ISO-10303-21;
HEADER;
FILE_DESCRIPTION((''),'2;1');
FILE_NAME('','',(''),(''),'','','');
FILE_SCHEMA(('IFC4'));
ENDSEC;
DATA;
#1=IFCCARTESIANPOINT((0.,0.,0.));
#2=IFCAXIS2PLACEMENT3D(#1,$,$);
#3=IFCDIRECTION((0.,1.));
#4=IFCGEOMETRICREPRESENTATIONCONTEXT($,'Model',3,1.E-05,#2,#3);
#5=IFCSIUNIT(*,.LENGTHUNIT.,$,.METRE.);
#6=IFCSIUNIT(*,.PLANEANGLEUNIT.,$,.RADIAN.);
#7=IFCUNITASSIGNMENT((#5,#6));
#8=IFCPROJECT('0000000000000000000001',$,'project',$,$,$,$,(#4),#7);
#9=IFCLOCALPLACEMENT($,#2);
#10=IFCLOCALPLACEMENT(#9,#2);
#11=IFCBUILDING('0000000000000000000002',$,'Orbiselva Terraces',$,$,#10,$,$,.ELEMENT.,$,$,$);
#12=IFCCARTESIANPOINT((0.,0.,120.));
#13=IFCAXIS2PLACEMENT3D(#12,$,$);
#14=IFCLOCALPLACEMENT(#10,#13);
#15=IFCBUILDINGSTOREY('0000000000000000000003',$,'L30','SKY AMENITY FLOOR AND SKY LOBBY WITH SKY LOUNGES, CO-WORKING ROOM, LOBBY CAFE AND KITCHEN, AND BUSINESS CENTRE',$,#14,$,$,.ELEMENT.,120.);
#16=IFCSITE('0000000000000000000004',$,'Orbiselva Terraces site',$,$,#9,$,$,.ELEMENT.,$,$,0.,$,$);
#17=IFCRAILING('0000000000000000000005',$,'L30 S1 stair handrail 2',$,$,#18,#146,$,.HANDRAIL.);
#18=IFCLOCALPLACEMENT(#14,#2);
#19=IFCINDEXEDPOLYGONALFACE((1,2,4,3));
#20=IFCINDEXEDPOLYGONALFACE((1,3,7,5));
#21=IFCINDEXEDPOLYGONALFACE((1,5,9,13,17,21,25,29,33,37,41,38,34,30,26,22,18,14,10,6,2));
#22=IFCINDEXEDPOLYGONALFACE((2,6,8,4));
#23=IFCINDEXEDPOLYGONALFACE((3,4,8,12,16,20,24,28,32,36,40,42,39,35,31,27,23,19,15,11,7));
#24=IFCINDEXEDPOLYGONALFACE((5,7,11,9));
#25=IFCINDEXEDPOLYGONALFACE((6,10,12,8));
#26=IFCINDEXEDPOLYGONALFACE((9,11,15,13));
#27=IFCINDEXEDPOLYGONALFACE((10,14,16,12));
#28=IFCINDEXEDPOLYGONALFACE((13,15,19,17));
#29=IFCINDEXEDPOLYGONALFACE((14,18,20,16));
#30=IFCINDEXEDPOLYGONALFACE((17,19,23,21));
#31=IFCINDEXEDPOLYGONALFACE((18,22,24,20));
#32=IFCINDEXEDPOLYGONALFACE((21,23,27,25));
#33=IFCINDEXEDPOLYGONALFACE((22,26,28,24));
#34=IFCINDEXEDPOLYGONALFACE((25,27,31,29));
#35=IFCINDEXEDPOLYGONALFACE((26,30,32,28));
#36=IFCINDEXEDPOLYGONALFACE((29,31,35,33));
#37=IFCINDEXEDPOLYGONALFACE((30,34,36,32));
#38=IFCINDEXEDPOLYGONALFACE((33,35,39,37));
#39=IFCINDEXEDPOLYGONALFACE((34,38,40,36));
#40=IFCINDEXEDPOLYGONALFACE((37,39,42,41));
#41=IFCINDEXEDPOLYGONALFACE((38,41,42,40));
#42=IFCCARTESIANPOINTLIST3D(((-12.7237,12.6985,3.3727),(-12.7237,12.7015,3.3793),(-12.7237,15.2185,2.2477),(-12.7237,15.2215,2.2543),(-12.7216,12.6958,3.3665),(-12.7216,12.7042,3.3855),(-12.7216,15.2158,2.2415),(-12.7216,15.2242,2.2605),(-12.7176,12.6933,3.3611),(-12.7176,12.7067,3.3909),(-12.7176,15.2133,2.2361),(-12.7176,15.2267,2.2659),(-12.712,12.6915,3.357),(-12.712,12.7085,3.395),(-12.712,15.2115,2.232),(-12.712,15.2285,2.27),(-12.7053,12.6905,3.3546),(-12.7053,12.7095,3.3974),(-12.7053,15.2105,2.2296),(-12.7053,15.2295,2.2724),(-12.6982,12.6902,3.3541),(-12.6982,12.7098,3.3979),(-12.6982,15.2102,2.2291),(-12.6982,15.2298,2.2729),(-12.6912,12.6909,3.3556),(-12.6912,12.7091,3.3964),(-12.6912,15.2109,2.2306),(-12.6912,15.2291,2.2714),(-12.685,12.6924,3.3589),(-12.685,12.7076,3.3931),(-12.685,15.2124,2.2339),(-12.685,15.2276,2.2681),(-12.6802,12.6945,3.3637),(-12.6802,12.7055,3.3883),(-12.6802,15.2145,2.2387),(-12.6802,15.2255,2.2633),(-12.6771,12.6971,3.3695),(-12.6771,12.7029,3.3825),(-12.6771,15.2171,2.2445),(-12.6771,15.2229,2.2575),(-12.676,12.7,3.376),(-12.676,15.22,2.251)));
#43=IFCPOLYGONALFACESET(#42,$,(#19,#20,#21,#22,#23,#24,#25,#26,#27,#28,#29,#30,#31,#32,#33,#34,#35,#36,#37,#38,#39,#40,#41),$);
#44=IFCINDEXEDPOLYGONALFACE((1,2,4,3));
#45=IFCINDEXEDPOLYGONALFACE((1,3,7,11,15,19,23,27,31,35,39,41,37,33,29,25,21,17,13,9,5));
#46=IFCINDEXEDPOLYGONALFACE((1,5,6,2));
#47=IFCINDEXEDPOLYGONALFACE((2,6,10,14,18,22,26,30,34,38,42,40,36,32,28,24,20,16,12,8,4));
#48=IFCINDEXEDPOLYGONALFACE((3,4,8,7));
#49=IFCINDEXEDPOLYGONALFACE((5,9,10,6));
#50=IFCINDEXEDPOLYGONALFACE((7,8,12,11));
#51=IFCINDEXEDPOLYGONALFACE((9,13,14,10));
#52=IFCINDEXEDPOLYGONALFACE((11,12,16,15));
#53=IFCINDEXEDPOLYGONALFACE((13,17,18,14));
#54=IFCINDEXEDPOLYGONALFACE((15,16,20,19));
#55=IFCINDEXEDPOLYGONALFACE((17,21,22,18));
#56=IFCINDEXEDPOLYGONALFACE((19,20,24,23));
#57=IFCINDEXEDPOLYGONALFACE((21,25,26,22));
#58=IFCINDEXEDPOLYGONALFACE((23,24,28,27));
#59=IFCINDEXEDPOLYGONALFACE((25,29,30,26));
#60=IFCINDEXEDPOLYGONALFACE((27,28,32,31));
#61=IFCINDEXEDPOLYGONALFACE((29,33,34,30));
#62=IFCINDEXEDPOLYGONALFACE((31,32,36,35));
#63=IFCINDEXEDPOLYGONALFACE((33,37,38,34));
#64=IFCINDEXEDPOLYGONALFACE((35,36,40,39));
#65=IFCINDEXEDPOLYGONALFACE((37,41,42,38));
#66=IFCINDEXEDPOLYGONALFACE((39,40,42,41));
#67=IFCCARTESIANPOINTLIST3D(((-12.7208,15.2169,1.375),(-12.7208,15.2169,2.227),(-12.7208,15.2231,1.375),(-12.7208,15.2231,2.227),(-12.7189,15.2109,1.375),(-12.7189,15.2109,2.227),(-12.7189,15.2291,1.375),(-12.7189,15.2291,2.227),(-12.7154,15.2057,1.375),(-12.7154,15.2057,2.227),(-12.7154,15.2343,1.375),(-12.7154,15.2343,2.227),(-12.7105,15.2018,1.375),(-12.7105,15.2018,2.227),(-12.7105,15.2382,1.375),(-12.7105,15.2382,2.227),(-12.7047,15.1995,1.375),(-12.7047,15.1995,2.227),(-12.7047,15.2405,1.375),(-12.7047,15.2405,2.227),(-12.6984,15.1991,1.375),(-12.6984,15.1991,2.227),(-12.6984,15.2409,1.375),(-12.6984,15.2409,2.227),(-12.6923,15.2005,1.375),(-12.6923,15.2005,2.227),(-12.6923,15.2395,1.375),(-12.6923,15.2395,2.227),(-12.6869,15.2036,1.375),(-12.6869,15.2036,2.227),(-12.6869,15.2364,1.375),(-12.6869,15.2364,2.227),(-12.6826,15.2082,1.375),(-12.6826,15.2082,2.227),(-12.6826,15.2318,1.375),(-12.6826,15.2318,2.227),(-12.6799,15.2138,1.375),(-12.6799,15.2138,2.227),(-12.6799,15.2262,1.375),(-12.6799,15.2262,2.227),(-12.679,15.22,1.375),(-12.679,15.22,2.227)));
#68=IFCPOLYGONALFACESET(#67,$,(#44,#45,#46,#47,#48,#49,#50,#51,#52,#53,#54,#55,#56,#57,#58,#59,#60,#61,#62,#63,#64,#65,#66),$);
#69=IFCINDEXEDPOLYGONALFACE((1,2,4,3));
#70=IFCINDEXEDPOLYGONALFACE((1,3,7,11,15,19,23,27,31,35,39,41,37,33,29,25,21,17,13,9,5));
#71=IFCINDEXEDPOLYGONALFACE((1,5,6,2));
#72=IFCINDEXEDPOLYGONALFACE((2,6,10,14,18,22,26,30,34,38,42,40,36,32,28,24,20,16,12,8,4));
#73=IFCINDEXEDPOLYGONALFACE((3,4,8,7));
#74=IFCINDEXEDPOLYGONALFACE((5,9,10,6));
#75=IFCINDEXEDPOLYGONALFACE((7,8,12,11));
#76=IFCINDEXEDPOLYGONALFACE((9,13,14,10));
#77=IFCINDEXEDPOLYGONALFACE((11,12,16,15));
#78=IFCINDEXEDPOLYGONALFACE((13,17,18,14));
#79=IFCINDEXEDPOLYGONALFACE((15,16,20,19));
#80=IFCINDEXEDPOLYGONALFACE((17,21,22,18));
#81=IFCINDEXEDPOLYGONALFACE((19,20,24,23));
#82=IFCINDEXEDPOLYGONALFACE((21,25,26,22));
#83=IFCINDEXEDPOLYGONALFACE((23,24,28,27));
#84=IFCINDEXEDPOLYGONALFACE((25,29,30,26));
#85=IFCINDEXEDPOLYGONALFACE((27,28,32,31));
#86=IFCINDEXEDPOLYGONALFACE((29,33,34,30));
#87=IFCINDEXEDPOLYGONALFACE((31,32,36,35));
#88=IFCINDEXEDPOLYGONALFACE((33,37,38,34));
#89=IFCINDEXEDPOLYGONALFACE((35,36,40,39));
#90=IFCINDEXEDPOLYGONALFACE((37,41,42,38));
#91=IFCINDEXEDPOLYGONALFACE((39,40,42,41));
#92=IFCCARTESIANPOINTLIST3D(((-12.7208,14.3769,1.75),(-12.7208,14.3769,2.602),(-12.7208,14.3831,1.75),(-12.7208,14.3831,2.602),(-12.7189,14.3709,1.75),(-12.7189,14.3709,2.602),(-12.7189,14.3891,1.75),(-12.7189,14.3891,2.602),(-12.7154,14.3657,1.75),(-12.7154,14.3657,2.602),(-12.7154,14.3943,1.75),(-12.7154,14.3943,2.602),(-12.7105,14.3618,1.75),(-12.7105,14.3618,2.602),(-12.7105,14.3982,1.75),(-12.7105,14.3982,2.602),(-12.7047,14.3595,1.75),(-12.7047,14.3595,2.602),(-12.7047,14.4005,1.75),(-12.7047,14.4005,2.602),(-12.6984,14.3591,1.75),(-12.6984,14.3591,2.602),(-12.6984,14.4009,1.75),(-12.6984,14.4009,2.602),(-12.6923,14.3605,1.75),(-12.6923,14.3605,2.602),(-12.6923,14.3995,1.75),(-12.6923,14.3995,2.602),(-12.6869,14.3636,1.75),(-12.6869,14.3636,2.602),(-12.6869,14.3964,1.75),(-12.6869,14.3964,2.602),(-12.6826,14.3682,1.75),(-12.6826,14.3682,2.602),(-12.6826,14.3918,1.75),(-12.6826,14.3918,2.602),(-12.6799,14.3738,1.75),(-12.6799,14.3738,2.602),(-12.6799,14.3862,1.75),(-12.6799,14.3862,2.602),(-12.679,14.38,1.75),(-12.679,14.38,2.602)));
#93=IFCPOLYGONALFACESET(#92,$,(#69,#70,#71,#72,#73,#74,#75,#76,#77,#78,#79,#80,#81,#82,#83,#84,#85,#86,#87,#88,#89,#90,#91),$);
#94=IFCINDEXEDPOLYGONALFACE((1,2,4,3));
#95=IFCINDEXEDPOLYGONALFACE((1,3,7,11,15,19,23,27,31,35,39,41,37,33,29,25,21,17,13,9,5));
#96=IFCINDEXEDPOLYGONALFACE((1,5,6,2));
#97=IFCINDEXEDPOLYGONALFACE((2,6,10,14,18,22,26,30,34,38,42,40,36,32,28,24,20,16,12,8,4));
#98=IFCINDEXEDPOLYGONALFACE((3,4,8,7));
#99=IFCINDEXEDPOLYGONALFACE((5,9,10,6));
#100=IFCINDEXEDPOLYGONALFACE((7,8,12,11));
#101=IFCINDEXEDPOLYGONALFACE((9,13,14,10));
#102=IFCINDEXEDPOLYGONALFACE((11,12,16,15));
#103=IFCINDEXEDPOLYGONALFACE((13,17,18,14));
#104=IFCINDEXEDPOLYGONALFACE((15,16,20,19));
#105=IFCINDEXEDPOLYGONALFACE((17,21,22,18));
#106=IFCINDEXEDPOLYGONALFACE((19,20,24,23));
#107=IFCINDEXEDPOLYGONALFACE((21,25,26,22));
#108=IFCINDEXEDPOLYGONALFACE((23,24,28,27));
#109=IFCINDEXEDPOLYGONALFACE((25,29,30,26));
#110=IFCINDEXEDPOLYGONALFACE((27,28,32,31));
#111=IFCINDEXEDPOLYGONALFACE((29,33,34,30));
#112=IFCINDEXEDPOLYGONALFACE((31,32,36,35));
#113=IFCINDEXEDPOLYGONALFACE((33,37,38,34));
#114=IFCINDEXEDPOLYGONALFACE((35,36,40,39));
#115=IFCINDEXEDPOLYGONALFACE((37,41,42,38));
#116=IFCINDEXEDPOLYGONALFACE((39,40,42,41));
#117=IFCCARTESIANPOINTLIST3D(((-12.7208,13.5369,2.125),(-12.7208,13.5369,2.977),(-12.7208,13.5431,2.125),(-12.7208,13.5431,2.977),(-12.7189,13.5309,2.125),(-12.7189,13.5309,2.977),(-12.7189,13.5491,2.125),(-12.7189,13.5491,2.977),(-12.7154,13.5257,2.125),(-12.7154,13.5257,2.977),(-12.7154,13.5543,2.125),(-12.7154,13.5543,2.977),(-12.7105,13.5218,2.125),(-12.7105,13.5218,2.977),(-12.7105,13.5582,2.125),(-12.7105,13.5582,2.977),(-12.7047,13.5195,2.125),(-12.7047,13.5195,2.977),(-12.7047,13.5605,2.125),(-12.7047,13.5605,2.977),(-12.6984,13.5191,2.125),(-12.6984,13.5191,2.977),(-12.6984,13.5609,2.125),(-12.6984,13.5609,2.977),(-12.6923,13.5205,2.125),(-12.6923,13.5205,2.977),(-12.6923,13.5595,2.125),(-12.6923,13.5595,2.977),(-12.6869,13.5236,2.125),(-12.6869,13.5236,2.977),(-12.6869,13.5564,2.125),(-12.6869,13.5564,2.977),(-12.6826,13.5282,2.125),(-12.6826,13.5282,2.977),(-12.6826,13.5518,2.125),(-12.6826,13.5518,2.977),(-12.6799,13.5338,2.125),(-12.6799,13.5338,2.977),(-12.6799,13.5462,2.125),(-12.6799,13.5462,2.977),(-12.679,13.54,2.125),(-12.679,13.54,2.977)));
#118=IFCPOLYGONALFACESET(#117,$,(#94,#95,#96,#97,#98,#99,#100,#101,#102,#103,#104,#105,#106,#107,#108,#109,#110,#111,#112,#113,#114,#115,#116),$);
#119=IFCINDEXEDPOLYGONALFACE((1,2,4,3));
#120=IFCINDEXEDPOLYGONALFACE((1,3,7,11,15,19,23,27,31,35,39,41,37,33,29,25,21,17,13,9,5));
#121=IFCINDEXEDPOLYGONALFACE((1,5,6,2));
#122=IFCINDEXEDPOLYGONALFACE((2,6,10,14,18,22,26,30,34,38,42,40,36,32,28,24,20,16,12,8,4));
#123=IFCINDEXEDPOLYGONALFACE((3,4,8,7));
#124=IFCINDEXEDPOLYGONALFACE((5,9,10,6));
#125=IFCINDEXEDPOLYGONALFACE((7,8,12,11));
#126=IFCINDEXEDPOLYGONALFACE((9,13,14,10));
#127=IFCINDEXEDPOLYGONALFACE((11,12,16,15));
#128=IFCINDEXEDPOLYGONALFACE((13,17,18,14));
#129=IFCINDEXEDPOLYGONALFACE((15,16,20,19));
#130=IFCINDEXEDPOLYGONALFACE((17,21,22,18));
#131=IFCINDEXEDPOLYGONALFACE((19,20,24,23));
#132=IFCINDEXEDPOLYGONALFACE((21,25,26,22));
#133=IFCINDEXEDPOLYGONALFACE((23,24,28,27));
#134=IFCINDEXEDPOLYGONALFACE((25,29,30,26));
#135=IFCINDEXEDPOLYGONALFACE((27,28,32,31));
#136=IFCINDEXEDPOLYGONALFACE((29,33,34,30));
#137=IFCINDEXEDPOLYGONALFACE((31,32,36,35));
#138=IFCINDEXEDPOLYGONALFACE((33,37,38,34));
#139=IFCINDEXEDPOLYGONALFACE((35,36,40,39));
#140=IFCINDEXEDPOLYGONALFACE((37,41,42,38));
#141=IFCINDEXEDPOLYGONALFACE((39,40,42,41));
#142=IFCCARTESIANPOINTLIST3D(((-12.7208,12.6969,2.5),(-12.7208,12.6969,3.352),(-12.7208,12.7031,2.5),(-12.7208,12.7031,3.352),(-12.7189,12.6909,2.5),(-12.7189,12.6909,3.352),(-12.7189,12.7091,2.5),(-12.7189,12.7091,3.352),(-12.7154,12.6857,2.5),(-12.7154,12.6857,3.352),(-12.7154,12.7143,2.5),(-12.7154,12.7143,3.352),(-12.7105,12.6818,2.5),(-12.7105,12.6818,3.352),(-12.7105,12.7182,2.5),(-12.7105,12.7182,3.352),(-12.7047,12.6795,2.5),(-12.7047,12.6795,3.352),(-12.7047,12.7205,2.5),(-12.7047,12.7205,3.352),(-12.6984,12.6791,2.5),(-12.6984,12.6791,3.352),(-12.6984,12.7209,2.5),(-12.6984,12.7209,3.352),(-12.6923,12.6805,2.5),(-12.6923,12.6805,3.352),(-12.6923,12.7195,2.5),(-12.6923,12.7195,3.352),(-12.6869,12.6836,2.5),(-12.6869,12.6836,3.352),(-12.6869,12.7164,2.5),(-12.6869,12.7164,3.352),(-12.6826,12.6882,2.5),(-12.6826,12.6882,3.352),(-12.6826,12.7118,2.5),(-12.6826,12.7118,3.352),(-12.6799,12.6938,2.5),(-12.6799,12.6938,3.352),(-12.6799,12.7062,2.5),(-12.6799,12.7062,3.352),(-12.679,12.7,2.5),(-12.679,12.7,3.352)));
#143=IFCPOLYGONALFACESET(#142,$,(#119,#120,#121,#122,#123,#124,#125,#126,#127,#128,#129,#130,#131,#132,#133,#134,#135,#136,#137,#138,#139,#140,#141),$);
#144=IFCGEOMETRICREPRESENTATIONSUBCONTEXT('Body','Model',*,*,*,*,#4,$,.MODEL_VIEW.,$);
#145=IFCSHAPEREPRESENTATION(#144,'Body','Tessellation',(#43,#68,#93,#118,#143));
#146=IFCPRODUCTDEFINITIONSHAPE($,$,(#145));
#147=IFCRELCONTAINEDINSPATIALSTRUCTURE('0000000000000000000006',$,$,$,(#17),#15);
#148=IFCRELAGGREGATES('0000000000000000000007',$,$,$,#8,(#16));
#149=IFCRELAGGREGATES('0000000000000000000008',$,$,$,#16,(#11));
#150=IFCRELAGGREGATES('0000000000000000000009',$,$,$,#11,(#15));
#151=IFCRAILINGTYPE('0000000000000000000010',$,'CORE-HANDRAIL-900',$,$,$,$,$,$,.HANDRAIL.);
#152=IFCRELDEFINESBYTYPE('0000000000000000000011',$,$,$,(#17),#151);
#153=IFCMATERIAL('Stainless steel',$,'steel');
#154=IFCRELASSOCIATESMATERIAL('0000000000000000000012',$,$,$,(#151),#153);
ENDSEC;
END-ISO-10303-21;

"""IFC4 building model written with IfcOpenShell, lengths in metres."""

from ifc_helpers import new_model, si_unit, direction, frame, origin, origin_2d, place, context, subcontext, project, spatial, circle, extrude, material, type_object, element, save


model = new_model("IFC4")

# Units and contexts
model_context = context("Model", 3, precision=1e-05, world=origin(), true_north=direction((0.0, 1.0)))
body_context = subcontext(model_context, "Body", "Model", "MODEL_VIEW")
ifc_project = project(units=[si_unit("LENGTHUNIT", "METRE"), si_unit("PLANEANGLEUNIT", "RADIAN")], contexts=[model_context])

# Site, building, storey
site_placement = place(None, origin())
site = spatial("IfcSite", under=ifc_project, at=site_placement, Name="Orbiselva Terraces site", CompositionType="ELEMENT", RefElevation=0.0)
building_placement = place(site_placement, origin())
building = spatial("IfcBuilding", under=site, at=building_placement, Name="Orbiselva Terraces", CompositionType="ELEMENT")
storey_placement = place(building_placement, frame((0.0, 0.0, 120.0)))
storey = spatial("IfcBuildingStorey", under=building, at=storey_placement, Name="L30", Description="SKY AMENITY FLOOR AND SKY LOBBY WITH SKY LOUNGES, CO-WORKING ROOM, LOBBY CAFE AND KITCHEN, AND BUSINESS CENTRE", CompositionType="ELEMENT", Elevation=120.0)

# Railing
ifc_material_1 = material(Name="Stainless steel", Category="steel")
railing_type = type_object("IfcRailingType", Name="CORE-HANDRAIL-900", PredefinedType="HANDRAIL", material=ifc_material_1)
railing_1_placement = place(storey_placement, frame((-12.7, 15.22, 1.375)))
element("IfcRailing", 1, at=railing_1_placement, inside=storey, type_object=railing_type, Name="L30 S1 stair handrail 2", PredefinedType="HANDRAIL", context=body_context, shape_type="SweptSolid", body=[
    extrude(circle(Radius=0.024, at=origin_2d()), frame((0.0, 0.0, 0.876), z_axis=(0.0, -0.913138, 0.407651), x_axis=(1.0, 0.0, 0.0)), (0.0, 0.0, 1.0), 2.7597),
    extrude(circle(Radius=0.021, at=origin_2d()), origin(), (0.0, 0.0, 1.0), 0.852),
    extrude(circle(Radius=0.021, at=origin_2d()), frame((0.0, -0.84, 0.375)), (0.0, 0.0, 1.0), 0.852),
    extrude(circle(Radius=0.021, at=origin_2d()), frame((0.0, -1.68, 0.75)), (0.0, 0.0, 1.0), 0.852),
    extrude(circle(Radius=0.021, at=origin_2d()), frame((0.0, -2.52, 1.125)), (0.0, 0.0, 1.0), 0.852),
])

save(model, "model.ifc")
